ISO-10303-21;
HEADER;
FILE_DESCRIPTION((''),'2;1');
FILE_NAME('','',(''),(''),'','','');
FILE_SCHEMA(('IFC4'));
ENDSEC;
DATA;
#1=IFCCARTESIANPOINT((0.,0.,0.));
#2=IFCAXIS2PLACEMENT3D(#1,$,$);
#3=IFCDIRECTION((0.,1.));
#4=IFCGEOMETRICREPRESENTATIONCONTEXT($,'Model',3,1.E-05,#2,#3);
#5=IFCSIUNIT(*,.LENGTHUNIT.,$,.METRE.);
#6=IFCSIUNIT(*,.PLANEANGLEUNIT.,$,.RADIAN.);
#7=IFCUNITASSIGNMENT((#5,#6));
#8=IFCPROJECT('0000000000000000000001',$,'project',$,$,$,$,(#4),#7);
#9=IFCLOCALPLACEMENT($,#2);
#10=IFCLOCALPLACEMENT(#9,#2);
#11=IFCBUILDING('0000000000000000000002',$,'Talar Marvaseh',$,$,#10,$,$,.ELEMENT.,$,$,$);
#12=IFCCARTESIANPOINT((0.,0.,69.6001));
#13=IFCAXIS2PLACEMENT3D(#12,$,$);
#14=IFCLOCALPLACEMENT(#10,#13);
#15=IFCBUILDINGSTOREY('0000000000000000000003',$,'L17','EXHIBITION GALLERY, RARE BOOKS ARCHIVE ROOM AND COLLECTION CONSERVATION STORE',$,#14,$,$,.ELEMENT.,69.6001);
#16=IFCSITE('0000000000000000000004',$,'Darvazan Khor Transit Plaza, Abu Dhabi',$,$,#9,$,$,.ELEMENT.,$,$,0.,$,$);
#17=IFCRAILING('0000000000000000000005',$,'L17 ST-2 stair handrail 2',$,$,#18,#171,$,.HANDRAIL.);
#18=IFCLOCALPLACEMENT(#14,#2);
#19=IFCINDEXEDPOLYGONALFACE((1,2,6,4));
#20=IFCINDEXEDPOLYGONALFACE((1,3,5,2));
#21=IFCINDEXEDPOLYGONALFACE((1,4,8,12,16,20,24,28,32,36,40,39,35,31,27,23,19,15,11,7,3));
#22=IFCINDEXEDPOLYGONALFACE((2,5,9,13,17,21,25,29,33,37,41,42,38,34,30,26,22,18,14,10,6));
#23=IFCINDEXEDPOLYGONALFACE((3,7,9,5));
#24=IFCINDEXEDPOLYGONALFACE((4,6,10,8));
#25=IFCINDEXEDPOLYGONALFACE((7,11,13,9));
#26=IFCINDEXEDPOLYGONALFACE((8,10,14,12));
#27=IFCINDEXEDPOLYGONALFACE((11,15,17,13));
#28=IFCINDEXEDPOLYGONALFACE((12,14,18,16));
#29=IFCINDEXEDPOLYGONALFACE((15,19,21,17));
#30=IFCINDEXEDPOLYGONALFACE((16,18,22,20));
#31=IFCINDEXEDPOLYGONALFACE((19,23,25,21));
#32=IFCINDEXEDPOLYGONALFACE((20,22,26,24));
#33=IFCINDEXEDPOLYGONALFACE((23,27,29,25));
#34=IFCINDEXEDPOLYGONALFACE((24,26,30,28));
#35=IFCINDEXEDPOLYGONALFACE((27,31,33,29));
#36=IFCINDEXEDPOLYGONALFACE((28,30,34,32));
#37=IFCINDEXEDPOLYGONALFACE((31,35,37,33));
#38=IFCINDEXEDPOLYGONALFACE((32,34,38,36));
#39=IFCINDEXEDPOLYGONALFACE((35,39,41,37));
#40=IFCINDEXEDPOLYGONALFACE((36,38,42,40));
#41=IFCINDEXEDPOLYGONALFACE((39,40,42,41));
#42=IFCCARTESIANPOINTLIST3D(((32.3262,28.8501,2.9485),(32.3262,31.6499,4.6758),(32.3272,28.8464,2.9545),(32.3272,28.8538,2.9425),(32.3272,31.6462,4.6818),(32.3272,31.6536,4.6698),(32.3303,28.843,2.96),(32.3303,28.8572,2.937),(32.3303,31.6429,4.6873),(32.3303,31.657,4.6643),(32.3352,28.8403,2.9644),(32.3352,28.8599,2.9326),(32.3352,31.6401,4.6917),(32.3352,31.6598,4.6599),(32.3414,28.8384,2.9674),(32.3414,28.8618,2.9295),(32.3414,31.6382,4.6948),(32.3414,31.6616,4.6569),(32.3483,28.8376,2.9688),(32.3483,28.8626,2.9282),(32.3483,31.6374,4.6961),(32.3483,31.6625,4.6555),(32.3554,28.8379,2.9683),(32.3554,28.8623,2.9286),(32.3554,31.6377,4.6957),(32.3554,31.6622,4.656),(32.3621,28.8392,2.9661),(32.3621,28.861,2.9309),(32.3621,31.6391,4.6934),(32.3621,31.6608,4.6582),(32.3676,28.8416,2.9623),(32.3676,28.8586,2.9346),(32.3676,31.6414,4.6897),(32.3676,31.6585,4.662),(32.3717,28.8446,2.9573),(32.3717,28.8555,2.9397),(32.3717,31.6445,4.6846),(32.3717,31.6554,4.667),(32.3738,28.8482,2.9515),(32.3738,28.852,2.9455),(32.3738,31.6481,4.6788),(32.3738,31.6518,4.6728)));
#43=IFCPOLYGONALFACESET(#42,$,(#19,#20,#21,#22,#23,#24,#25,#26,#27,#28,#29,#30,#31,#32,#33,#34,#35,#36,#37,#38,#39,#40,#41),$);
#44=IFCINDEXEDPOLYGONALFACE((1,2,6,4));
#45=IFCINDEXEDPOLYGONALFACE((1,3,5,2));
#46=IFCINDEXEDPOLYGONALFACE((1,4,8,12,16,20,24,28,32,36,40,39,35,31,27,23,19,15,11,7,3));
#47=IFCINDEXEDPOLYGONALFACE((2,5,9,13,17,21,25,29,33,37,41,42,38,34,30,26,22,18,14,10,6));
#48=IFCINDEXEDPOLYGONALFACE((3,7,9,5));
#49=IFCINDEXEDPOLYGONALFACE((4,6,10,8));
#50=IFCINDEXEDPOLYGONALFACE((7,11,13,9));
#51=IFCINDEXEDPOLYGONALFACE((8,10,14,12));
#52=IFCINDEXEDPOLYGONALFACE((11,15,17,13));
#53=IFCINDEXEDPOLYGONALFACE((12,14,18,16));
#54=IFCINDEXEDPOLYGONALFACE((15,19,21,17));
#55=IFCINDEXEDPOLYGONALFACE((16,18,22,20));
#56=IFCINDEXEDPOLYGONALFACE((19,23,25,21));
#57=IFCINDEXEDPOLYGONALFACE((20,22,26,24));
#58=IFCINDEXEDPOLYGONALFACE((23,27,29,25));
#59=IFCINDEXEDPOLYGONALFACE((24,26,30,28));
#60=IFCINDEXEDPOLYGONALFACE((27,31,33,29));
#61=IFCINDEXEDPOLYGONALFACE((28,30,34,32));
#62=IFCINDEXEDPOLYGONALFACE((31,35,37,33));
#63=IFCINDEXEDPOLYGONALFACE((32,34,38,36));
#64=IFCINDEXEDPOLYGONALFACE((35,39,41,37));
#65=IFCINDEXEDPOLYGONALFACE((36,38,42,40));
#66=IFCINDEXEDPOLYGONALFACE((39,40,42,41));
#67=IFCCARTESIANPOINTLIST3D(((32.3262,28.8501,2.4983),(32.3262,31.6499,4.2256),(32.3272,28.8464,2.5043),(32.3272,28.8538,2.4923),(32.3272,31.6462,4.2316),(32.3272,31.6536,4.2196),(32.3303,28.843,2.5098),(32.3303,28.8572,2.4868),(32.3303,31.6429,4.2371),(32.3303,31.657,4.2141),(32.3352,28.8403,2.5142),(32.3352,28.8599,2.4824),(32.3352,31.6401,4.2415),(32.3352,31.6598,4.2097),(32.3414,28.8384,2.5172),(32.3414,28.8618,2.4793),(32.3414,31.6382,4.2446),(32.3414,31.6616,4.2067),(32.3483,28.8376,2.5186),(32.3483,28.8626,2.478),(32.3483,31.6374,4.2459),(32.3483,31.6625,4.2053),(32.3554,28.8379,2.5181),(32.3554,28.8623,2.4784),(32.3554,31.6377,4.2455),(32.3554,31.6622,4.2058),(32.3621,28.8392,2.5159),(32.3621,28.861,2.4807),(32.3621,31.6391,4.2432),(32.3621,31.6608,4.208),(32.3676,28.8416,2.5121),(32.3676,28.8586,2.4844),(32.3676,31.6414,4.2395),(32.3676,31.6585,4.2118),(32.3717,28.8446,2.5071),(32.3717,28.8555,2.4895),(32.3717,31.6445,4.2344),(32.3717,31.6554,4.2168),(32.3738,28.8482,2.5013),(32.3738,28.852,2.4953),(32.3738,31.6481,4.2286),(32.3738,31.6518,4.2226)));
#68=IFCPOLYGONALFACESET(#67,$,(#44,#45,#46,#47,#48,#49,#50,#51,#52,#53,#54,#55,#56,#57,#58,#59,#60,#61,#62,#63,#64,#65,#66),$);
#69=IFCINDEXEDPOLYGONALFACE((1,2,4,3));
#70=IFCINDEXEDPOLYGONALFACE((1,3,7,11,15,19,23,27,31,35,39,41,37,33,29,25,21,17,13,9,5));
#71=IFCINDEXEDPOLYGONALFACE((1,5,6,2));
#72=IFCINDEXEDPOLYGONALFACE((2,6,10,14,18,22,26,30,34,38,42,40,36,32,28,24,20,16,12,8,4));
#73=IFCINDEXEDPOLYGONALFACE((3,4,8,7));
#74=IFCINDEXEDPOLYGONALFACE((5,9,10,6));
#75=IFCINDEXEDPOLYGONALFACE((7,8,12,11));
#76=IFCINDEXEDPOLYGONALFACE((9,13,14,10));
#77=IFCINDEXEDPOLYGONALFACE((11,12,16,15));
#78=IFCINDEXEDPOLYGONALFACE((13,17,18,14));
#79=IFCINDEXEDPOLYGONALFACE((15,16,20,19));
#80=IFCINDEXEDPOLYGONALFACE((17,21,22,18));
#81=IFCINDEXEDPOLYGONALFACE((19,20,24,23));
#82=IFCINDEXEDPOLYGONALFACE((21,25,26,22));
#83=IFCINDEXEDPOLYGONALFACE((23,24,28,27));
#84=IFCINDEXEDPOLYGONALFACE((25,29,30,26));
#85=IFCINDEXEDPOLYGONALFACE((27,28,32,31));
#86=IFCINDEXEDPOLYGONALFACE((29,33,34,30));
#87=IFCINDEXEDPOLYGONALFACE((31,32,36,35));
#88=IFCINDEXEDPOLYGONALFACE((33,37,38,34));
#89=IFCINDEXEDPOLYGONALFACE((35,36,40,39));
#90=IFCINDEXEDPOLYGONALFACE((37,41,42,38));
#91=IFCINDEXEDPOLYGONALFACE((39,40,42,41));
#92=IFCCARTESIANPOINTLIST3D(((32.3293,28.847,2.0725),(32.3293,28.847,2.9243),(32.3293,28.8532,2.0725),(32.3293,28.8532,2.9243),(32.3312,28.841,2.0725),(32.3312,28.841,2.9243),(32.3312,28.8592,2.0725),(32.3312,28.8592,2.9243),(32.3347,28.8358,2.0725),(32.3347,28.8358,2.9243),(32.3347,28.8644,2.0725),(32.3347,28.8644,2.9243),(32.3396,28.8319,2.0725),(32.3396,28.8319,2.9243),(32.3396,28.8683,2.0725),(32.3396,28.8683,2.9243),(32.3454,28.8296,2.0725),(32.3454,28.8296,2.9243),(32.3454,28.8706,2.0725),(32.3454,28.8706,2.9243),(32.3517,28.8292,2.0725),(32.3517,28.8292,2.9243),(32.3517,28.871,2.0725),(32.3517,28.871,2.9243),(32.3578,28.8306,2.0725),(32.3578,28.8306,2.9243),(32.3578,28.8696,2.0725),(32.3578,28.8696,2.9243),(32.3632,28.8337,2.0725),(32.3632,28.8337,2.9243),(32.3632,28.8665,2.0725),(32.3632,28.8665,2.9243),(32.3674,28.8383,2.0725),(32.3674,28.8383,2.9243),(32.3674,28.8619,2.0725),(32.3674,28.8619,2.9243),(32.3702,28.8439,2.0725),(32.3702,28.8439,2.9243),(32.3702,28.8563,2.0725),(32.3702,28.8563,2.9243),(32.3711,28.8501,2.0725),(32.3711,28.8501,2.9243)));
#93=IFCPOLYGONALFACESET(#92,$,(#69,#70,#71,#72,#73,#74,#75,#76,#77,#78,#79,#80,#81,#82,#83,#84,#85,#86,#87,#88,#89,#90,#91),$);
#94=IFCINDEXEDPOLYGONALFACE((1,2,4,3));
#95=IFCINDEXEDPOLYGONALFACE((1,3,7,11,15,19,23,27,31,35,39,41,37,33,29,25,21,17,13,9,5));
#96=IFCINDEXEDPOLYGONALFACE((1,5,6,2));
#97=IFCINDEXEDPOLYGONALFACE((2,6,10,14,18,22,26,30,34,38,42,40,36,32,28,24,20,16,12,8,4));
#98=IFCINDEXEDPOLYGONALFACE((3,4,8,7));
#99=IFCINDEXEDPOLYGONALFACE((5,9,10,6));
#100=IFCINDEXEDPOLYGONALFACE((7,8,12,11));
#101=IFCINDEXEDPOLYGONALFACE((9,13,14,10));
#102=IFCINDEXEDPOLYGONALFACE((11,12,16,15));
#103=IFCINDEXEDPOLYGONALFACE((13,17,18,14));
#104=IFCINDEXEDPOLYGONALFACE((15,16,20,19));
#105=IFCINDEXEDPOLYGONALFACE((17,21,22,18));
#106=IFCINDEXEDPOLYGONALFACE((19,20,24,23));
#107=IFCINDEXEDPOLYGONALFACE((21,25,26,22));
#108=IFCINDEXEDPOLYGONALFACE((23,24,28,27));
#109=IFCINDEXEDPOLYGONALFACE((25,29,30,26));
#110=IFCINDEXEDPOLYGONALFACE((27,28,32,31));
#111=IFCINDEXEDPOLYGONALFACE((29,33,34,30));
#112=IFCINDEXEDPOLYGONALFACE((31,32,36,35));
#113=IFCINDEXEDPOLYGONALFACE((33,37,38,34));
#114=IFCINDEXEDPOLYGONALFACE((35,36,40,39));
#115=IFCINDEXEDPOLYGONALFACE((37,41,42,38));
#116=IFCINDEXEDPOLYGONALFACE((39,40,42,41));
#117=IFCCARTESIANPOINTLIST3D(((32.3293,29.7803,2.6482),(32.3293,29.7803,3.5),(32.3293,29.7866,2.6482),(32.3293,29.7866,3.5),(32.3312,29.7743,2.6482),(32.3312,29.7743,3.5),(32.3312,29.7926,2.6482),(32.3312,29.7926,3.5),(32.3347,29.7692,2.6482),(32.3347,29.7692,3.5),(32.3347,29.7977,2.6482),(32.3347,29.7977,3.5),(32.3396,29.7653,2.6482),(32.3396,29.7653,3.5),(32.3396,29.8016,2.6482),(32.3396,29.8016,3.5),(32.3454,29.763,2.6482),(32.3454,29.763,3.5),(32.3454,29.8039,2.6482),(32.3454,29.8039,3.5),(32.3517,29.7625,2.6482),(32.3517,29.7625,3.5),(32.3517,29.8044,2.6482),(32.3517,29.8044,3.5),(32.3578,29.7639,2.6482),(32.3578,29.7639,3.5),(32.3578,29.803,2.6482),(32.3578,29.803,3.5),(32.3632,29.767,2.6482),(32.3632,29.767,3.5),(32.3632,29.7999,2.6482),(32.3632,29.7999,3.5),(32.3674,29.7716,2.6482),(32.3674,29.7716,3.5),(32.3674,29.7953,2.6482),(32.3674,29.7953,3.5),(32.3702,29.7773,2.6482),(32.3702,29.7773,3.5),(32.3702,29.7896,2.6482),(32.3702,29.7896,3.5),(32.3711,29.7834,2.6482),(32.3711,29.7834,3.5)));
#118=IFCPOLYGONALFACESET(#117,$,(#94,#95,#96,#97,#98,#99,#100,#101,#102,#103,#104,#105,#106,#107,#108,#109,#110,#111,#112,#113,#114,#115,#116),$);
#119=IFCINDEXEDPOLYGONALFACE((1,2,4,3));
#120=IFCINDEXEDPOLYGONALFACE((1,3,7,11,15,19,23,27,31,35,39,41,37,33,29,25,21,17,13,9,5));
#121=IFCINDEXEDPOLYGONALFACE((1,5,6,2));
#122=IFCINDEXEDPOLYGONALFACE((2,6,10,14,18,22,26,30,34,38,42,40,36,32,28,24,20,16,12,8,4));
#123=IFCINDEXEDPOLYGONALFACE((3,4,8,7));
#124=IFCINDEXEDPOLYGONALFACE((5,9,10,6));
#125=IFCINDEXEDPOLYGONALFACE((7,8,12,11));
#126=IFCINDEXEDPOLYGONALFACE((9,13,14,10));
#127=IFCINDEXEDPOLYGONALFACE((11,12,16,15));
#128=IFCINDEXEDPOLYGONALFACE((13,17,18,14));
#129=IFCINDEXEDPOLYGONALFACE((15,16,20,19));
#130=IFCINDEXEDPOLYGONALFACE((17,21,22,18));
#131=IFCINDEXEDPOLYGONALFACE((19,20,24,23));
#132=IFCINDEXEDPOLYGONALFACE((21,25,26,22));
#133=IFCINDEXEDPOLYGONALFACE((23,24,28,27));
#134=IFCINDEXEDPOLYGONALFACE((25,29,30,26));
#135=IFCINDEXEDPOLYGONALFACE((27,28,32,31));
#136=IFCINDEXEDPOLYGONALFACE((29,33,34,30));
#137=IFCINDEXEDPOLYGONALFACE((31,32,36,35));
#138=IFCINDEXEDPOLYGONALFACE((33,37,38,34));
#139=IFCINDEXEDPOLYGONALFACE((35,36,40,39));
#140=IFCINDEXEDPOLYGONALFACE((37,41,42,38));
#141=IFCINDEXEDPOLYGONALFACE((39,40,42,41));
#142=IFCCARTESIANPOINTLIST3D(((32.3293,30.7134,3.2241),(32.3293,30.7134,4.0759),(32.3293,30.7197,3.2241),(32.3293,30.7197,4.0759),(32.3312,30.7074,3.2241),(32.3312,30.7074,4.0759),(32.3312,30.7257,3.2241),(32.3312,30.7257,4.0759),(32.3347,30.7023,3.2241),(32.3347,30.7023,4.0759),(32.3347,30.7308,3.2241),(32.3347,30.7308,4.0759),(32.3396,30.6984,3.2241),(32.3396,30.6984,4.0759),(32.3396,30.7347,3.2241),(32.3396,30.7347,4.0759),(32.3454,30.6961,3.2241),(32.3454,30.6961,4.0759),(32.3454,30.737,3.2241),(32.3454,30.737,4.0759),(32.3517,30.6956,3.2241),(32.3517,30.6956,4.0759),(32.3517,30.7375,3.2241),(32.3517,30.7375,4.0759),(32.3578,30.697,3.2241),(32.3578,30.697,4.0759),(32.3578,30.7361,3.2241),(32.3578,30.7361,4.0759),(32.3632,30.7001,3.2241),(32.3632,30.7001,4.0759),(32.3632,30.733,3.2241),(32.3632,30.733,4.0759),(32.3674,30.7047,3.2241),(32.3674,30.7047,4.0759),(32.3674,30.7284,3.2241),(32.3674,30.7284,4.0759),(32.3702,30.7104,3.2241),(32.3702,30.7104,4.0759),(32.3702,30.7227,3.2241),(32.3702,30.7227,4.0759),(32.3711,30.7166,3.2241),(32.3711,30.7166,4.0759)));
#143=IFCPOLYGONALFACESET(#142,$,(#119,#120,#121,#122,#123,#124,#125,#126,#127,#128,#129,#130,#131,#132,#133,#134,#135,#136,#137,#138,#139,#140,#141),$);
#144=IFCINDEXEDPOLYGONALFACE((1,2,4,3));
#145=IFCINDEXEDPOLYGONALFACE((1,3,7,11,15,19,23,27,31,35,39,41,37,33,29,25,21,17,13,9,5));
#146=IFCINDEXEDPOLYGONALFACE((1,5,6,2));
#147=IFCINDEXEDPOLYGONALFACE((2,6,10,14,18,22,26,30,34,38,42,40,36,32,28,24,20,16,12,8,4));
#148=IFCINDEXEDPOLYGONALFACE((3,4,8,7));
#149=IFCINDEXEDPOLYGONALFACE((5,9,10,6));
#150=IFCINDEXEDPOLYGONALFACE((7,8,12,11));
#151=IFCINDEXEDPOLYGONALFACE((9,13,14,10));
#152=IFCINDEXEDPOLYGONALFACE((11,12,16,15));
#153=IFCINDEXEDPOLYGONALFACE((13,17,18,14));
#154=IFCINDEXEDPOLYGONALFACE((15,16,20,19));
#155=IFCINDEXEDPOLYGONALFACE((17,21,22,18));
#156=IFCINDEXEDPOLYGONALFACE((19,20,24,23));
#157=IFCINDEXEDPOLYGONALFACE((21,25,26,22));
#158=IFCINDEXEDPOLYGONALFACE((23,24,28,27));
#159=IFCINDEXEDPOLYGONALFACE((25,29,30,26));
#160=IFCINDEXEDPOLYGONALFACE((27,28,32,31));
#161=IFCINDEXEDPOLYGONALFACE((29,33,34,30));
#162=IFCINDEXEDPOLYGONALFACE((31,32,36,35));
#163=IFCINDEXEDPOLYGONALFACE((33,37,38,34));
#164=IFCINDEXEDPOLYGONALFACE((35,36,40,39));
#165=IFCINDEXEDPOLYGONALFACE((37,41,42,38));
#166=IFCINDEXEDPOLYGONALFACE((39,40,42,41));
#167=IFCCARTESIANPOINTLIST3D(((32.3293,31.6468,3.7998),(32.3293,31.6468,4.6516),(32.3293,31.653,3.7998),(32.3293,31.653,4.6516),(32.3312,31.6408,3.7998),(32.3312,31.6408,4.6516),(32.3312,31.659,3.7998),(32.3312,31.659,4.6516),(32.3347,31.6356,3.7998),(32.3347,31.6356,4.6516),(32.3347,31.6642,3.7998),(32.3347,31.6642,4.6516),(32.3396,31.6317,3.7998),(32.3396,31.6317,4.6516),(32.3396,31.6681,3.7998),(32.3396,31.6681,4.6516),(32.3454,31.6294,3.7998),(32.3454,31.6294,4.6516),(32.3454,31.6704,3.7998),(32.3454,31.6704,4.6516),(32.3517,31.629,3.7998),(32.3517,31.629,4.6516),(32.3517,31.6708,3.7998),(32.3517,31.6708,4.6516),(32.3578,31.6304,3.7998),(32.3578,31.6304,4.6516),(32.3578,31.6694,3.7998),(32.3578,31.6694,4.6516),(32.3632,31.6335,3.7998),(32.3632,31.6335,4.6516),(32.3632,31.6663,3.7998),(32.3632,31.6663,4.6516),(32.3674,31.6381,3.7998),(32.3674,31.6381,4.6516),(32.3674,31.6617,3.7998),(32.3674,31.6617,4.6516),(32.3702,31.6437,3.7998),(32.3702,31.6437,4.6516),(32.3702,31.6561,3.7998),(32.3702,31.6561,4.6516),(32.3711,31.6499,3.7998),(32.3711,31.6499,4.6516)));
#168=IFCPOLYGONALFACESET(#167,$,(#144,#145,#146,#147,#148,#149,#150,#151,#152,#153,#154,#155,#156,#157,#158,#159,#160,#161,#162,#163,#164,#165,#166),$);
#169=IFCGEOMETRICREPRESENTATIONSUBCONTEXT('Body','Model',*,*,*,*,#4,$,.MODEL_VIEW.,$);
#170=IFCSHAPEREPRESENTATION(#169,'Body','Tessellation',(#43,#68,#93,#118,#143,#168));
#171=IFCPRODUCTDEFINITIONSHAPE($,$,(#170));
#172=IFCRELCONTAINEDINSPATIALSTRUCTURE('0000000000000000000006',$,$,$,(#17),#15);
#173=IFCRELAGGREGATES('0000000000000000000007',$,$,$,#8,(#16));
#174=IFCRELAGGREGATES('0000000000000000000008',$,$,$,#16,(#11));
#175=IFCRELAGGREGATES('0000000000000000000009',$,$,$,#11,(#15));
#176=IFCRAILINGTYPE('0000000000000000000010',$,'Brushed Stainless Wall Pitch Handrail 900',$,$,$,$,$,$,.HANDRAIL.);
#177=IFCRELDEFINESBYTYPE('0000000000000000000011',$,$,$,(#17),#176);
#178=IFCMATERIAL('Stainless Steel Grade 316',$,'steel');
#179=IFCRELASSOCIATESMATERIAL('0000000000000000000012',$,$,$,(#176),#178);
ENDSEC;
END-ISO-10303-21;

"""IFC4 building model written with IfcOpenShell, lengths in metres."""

from ifc_helpers import new_model, si_unit, direction, frame, origin, origin_2d, place, context, subcontext, project, spatial, circle, extrude, material, type_object, element, save


model = new_model("IFC4")

# Units and contexts
model_context = context("Model", 3, precision=1e-05, world=origin(), true_north=direction((0.0, 1.0)))
body_context = subcontext(model_context, "Body", "Model", "MODEL_VIEW")
ifc_project = project(units=[si_unit("LENGTHUNIT", "METRE"), si_unit("PLANEANGLEUNIT", "RADIAN")], contexts=[model_context])

# Site, building, storey
site_placement = place(None, origin())
site = spatial("IfcSite", under=ifc_project, at=site_placement, Name="Darvazan Khor Transit Plaza, Abu Dhabi", CompositionType="ELEMENT", RefElevation=0.0)
building_placement = place(site_placement, origin())
building = spatial("IfcBuilding", under=site, at=building_placement, Name="Talar Marvaseh", CompositionType="ELEMENT")
storey_placement = place(building_placement, frame((0.0, 0.0, 69.6001)))
storey = spatial("IfcBuildingStorey", under=building, at=storey_placement, Name="L17", Description="EXHIBITION GALLERY, RARE BOOKS ARCHIVE ROOM AND COLLECTION CONSERVATION STORE", CompositionType="ELEMENT", Elevation=69.6001)

# Railing
ifc_material_1 = material(Name="Stainless Steel Grade 316", Category="steel")
railing_type_1 = type_object("IfcRailingType", Name="Brushed Stainless Wall Pitch Handrail 900", PredefinedType="HANDRAIL", material=ifc_material_1)
railing_1_placement = place(storey_placement, frame((32.3501, 28.8501, 2.0725)))
element("IfcRailing", 1, at=railing_1_placement, inside=storey, type_object=railing_type_1, Name="L17 ST-2 stair handrail 2", PredefinedType="HANDRAIL", context=body_context, shape_type="SweptSolid", body=[
    extrude(circle(Radius=0.0239, at=origin_2d()), frame((0.0, 0.0, 0.876), z_axis=(0.0, 0.851069, 0.525054), x_axis=(-1.0, 0.0, 0.0)), (0.0, 0.0, 1.0), 3.2898),
    extrude(circle(Radius=0.0239, at=origin_2d()), frame((0.0, 0.0, 0.4258), z_axis=(0.0, 0.851069, 0.525054), x_axis=(-1.0, 0.0, 0.0)), (0.0, 0.0, 1.0), 3.2898),
    extrude(circle(Radius=0.021, at=origin_2d()), origin(), (0.0, 0.0, 1.0), 0.8518),
    extrude(circle(Radius=0.021, at=origin_2d()), frame((0.0, 0.9333, 0.5757)), (0.0, 0.0, 1.0), 0.8518),
    extrude(circle(Radius=0.021, at=origin_2d()), frame((0.0, 1.8665, 1.1516)), (0.0, 0.0, 1.0), 0.8518),
    extrude(circle(Radius=0.021, at=origin_2d()), frame((0.0, 2.7998, 1.7273)), (0.0, 0.0, 1.0), 0.8518),
])

save(model, "model.ifc")
